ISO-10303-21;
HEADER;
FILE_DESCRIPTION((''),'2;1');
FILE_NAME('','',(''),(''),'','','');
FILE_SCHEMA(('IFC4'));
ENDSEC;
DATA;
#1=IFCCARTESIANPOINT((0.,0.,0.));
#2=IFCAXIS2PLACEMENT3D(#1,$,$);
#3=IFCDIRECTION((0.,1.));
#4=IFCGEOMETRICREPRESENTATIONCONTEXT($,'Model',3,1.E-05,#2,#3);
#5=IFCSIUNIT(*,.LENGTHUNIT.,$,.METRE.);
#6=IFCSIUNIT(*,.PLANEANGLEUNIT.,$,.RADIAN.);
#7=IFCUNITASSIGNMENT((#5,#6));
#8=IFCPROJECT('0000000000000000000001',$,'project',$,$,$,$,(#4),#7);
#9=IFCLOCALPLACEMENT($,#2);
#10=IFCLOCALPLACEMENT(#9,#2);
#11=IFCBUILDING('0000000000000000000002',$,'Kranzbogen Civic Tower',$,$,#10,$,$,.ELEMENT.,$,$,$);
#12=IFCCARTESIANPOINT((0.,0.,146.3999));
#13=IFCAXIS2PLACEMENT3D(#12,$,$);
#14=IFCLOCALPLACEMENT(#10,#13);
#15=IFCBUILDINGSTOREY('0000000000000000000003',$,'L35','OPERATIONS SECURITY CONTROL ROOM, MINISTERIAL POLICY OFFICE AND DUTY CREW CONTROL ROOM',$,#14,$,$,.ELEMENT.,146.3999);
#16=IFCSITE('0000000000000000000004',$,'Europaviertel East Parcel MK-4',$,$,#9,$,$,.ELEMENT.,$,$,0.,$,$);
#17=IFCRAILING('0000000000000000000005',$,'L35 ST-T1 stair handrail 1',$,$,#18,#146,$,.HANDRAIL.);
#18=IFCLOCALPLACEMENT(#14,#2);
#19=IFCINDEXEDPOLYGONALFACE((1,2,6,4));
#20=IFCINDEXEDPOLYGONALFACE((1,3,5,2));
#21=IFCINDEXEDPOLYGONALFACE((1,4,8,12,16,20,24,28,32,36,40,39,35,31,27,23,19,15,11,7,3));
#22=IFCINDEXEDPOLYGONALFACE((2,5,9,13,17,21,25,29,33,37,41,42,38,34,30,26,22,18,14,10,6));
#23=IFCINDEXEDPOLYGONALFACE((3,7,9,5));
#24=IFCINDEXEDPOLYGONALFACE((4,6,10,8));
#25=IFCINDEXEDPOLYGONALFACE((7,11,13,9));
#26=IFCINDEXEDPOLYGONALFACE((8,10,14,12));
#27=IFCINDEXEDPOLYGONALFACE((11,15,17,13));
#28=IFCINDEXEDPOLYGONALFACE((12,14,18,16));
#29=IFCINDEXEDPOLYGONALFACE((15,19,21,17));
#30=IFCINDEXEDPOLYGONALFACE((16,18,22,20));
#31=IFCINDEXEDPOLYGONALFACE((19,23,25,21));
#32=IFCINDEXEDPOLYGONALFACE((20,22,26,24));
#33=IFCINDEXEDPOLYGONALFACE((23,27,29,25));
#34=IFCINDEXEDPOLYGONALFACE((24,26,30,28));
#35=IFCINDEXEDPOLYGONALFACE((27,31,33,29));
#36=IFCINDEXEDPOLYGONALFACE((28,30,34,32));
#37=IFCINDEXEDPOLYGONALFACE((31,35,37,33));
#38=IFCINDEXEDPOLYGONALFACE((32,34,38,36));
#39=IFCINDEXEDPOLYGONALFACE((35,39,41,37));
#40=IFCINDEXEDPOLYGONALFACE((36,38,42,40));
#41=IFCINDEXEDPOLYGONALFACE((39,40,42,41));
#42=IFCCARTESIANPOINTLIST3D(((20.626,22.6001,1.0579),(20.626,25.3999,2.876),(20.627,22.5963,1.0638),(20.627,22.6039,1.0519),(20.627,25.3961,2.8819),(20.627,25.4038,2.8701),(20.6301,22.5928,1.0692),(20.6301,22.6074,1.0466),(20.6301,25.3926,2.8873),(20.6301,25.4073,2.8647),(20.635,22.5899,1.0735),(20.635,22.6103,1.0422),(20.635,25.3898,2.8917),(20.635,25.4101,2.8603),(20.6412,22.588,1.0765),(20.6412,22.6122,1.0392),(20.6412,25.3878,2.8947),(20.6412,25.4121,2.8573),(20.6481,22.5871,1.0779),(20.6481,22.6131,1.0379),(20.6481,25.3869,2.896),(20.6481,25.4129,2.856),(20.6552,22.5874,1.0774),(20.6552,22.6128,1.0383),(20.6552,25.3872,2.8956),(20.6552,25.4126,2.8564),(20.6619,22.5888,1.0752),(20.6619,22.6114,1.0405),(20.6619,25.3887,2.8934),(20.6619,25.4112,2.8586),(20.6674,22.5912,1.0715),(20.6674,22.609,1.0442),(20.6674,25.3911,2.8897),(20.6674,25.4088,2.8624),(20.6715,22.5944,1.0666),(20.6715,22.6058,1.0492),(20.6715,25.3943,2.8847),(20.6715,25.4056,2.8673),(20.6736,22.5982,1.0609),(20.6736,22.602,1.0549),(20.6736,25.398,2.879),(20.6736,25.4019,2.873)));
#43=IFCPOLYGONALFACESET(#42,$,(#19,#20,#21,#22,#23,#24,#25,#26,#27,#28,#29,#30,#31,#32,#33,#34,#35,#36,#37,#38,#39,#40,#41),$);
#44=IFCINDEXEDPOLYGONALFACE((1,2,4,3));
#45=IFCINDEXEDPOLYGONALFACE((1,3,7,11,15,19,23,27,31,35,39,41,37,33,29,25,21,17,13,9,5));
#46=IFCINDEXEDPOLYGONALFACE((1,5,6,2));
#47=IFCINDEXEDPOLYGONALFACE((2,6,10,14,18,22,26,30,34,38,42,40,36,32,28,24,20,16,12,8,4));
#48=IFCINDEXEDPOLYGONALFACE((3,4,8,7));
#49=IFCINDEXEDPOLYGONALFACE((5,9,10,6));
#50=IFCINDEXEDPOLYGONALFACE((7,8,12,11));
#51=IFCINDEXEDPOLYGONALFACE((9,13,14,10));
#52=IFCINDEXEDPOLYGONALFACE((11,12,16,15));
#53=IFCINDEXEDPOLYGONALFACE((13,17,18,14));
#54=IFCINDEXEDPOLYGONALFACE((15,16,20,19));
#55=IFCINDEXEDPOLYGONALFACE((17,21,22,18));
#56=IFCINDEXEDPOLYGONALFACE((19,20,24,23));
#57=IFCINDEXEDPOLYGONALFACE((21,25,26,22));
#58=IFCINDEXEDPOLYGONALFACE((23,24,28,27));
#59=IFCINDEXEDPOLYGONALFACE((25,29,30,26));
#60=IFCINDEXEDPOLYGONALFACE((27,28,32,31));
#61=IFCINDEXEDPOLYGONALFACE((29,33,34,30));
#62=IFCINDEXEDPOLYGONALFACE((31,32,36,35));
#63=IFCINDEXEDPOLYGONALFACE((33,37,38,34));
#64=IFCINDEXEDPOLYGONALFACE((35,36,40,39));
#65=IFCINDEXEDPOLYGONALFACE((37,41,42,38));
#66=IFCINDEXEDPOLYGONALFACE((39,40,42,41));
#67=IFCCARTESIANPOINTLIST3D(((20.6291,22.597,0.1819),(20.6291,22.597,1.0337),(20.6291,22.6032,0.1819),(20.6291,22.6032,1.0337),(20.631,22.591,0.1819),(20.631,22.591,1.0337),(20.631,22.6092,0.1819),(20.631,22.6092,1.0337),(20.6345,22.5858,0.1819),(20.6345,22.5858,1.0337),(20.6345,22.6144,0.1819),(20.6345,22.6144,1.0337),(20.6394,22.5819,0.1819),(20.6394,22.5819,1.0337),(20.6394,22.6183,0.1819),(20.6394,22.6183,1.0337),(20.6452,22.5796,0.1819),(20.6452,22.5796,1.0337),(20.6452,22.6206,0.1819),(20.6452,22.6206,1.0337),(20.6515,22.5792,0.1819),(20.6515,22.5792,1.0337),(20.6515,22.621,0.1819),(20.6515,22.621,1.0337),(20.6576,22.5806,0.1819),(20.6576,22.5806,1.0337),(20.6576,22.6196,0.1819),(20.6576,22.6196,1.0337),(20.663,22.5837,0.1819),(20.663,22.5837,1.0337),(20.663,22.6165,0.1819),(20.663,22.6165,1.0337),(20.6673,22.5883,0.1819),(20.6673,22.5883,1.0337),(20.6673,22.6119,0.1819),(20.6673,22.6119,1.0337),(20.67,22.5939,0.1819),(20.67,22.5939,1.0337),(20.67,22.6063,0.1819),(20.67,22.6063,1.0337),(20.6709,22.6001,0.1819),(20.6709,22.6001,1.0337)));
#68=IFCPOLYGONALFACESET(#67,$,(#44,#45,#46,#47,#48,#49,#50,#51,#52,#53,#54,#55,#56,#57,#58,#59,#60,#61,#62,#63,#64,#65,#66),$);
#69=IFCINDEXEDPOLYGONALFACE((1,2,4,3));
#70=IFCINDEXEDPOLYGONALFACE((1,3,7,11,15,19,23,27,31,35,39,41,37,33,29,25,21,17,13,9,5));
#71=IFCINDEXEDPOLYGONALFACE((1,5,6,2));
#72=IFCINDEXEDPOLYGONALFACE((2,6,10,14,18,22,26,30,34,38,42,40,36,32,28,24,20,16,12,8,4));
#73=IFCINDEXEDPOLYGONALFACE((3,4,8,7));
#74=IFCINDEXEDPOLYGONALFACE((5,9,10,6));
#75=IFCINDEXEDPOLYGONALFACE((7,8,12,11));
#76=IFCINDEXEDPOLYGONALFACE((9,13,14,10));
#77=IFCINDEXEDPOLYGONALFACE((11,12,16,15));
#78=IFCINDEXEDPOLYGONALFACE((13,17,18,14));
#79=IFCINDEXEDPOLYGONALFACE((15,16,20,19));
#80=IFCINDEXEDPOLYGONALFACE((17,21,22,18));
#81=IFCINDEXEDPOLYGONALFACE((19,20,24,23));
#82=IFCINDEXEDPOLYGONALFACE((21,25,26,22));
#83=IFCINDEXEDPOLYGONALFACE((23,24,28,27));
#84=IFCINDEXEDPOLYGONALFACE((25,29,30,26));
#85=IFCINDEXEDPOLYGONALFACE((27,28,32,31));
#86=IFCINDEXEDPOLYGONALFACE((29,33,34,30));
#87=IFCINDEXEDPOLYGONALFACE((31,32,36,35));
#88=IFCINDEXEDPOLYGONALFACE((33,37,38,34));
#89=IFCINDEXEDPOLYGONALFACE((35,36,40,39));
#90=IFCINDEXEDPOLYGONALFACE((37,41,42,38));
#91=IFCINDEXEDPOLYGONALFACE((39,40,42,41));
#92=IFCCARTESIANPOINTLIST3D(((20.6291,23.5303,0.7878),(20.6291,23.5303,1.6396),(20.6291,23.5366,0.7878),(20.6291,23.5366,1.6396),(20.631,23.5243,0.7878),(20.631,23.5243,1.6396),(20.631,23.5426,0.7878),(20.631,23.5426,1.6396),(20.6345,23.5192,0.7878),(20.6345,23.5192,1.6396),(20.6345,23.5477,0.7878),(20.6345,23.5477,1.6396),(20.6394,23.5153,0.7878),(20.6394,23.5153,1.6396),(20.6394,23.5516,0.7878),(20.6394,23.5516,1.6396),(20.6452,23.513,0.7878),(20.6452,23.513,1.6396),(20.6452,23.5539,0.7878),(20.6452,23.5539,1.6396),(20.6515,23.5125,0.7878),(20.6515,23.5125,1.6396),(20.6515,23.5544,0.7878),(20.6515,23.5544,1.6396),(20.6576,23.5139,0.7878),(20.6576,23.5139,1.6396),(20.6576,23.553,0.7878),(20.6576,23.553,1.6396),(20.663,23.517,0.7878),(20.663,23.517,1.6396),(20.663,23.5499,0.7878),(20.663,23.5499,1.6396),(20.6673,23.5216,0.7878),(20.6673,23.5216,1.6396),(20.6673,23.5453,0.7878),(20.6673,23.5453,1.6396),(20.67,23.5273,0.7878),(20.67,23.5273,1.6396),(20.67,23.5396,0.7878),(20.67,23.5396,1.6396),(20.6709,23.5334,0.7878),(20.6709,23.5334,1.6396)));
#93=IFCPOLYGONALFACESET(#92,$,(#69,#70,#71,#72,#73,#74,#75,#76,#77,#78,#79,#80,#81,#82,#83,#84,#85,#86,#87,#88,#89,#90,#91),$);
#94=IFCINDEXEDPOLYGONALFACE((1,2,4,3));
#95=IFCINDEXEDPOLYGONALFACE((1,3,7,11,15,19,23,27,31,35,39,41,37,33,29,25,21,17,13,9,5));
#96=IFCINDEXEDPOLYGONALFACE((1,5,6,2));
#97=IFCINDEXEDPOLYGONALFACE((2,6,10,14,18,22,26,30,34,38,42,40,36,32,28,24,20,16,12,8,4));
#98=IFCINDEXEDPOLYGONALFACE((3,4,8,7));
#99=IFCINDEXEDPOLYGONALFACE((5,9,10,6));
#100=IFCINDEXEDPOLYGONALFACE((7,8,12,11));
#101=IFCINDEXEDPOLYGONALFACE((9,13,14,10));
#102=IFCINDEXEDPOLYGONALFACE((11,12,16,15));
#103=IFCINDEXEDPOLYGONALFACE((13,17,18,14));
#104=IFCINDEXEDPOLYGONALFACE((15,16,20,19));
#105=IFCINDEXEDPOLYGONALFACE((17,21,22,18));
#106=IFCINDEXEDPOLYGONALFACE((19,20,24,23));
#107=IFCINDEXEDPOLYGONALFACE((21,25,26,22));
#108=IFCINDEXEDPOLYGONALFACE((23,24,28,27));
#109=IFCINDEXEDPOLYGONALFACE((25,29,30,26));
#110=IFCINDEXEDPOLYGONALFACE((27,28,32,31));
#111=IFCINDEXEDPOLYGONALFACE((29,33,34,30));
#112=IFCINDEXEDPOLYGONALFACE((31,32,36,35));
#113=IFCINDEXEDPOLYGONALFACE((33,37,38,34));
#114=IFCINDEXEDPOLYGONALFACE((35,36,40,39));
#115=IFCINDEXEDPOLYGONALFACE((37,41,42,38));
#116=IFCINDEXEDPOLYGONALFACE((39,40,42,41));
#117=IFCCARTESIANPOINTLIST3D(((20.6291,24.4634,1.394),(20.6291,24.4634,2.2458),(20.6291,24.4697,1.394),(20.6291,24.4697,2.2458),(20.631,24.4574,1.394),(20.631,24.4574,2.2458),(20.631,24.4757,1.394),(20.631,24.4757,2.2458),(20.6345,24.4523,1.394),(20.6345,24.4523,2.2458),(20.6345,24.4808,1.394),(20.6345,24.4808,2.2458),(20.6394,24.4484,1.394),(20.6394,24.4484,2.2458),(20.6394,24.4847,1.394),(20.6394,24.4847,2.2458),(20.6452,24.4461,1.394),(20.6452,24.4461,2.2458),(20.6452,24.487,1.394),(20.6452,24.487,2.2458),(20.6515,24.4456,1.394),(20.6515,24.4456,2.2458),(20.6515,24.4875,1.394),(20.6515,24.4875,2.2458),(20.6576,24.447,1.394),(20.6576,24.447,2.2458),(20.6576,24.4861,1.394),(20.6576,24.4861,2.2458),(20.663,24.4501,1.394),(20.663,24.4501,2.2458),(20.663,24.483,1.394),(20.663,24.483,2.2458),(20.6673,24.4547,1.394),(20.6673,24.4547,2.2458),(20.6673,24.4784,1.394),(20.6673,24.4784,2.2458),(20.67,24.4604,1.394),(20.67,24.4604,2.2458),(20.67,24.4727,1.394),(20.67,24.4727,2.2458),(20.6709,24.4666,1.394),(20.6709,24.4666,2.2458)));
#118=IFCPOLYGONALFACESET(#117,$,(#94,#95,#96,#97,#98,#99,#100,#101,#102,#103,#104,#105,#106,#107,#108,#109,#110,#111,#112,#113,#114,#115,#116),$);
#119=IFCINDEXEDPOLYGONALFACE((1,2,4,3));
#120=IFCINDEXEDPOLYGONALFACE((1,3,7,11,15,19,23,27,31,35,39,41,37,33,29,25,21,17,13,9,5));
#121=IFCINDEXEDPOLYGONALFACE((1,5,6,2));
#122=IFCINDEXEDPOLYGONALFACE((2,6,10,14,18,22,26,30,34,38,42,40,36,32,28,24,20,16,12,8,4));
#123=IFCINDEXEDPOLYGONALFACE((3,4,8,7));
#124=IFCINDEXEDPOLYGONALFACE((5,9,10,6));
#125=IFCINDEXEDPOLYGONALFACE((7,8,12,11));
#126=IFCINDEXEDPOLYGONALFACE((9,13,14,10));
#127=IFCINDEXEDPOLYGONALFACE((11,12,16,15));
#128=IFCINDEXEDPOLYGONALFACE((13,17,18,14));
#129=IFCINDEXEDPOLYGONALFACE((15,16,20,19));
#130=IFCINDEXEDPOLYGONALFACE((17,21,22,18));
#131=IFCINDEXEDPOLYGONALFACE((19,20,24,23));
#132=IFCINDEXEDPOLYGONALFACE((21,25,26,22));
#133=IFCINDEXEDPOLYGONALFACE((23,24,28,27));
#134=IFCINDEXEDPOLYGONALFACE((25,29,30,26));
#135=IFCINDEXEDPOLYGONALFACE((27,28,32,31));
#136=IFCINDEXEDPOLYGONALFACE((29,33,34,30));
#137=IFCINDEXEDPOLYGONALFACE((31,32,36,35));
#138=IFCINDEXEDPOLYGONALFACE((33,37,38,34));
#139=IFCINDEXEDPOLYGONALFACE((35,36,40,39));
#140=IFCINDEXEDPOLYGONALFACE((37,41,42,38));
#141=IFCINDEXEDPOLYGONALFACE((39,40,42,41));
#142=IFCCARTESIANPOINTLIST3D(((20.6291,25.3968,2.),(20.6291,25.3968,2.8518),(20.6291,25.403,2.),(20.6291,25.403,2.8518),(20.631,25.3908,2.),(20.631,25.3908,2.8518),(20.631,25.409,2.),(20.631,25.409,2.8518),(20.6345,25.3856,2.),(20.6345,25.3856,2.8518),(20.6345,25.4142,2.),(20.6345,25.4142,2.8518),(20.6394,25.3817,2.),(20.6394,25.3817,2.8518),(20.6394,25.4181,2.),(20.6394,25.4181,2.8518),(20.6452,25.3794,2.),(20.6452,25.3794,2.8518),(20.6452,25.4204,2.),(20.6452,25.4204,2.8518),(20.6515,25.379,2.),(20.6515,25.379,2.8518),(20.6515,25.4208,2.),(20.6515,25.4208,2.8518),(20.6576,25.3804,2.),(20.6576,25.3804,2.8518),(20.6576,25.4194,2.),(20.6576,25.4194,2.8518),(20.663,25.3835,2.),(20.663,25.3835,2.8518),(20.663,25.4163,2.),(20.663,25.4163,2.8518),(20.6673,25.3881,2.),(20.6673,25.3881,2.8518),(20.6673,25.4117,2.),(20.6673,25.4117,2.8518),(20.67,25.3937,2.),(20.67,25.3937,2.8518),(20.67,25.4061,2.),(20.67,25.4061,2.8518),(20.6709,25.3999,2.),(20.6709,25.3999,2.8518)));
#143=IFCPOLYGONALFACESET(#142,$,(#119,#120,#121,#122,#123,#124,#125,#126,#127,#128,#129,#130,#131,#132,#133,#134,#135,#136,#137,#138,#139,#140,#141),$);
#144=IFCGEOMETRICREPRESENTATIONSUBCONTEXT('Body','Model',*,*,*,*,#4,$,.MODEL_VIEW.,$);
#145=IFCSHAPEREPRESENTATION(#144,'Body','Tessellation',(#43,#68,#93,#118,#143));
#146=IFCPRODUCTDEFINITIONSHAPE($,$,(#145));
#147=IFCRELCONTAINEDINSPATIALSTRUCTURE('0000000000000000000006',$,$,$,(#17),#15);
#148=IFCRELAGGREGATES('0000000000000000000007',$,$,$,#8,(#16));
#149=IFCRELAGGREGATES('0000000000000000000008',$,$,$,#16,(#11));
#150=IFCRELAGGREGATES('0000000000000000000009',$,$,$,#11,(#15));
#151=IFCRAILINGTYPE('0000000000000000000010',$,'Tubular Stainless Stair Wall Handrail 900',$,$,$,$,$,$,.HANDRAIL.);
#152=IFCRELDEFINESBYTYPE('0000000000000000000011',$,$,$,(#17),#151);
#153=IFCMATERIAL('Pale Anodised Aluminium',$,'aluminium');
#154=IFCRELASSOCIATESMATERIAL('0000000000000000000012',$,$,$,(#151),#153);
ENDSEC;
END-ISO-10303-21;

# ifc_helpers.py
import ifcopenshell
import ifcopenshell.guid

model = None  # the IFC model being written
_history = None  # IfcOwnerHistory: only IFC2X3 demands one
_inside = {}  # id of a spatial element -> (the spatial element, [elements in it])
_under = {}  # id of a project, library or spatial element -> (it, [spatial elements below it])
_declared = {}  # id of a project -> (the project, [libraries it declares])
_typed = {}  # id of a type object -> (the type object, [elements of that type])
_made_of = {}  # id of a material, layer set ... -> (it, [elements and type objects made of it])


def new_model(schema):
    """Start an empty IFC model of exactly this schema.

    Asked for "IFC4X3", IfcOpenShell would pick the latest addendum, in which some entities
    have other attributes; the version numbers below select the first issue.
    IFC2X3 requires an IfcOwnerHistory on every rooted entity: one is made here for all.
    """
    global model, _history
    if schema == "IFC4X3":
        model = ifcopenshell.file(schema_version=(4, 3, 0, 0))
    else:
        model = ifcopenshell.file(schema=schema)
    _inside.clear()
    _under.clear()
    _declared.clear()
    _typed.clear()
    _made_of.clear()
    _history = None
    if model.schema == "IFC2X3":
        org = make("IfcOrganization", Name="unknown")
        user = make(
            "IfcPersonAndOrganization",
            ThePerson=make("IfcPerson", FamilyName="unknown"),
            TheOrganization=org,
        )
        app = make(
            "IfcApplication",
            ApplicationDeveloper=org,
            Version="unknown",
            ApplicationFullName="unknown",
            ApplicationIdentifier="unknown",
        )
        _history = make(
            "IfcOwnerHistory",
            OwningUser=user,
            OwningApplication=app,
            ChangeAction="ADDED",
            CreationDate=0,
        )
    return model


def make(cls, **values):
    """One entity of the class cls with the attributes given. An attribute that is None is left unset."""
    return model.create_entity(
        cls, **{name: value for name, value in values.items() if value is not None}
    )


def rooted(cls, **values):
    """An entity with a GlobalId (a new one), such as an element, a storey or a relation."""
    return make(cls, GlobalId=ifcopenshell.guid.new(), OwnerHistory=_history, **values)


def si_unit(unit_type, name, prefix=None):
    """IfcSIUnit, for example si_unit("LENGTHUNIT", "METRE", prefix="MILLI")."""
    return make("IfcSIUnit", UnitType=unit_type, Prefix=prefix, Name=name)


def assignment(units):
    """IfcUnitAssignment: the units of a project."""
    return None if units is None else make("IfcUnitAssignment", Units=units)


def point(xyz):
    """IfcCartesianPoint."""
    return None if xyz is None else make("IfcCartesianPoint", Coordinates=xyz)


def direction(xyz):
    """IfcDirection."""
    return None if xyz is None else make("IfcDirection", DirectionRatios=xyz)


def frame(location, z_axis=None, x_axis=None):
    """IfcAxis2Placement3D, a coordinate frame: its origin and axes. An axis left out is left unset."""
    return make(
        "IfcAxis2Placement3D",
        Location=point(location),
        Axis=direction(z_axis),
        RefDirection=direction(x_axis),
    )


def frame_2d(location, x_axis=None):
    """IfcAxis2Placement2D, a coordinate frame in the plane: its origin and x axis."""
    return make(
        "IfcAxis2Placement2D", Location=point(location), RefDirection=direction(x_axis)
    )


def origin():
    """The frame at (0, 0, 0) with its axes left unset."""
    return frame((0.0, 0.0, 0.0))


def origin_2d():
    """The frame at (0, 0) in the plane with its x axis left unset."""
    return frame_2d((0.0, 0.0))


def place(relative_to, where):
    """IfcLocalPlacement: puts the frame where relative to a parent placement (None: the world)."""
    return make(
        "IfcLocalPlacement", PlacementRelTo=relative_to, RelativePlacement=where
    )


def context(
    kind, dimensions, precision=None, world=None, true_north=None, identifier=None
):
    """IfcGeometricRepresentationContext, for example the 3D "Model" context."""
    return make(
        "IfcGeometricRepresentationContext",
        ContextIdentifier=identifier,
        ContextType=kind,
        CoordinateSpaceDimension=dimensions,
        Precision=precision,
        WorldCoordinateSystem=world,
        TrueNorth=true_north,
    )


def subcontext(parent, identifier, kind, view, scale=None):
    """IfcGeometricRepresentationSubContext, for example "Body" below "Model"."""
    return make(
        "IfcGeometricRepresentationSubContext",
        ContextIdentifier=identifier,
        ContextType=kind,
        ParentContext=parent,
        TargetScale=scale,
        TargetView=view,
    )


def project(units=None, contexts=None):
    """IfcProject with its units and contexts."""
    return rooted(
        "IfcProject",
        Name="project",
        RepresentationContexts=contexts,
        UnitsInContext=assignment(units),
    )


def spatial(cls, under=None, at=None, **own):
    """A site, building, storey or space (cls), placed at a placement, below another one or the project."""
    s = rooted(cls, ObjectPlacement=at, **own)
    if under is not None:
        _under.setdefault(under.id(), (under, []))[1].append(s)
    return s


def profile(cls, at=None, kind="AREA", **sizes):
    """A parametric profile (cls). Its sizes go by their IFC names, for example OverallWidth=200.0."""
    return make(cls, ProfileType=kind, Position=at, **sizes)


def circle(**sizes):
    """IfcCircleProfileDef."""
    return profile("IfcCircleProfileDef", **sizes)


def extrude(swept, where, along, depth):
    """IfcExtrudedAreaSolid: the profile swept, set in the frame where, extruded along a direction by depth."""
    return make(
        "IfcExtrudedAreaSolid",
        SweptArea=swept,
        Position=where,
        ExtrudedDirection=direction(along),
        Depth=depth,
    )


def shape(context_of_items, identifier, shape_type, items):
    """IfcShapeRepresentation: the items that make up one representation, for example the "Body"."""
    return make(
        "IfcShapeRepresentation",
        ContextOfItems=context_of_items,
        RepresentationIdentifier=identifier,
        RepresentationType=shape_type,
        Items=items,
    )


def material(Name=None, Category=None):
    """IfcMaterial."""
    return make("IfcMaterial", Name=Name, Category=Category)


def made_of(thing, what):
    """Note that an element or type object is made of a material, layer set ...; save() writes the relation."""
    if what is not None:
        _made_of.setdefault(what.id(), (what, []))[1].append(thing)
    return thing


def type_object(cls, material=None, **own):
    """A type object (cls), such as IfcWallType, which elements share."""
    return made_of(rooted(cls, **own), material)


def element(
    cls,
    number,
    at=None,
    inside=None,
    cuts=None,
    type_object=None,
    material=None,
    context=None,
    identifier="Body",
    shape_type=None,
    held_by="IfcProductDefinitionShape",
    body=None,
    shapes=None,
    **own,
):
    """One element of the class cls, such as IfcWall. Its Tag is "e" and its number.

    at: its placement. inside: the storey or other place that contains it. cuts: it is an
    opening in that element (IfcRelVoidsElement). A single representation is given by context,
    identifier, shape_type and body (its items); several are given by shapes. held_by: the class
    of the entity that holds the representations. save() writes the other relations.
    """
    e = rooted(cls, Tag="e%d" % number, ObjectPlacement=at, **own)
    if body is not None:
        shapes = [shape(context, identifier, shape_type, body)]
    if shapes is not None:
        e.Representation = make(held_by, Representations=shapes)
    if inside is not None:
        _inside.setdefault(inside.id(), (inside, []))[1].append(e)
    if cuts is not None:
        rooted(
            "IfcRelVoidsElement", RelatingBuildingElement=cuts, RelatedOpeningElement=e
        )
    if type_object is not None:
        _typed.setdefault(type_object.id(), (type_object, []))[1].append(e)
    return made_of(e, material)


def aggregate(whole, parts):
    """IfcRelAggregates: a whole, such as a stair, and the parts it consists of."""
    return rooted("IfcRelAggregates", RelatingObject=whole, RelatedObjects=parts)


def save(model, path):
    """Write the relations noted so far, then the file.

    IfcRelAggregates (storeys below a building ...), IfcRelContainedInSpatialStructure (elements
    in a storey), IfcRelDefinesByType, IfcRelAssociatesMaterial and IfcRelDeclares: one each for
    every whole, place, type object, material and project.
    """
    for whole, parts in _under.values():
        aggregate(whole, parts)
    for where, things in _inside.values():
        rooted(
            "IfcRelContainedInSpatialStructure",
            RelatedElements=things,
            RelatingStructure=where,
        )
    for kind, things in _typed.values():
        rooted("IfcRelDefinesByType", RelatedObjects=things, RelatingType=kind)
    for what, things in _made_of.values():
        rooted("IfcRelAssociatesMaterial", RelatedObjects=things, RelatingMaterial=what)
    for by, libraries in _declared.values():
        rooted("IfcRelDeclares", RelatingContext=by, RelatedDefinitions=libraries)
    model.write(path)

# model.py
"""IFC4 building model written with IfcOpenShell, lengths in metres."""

from ifc_helpers import new_model, si_unit, direction, frame, origin, origin_2d, place, context, subcontext, project, spatial, circle, extrude, material, type_object, element, save


model = new_model("IFC4")

# Units and contexts
model_context = context("Model", 3, precision=1e-05, world=origin(), true_north=direction((0.0, 1.0)))
body_context = subcontext(model_context, "Body", "Model", "MODEL_VIEW")
ifc_project = project(units=[si_unit("LENGTHUNIT", "METRE"), si_unit("PLANEANGLEUNIT", "RADIAN")], contexts=[model_context])

# Site, building, storey
site_placement = place(None, origin())
site = spatial("IfcSite", under=ifc_project, at=site_placement, Name="Europaviertel East Parcel MK-4", CompositionType="ELEMENT", RefElevation=0.0)
building_placement = place(site_placement, origin())
building = spatial("IfcBuilding", under=site, at=building_placement, Name="Kranzbogen Civic Tower", CompositionType="ELEMENT")
storey_placement = place(building_placement, frame((0.0, 0.0, 146.3999)))
storey = spatial("IfcBuildingStorey", under=building, at=storey_placement, Name="L35", Description="OPERATIONS SECURITY CONTROL ROOM, MINISTERIAL POLICY OFFICE AND DUTY CREW CONTROL ROOM", CompositionType="ELEMENT", Elevation=146.3999)

# Shared definitions
ifc_material_1 = material(Name="Pale Anodised Aluminium", Category="aluminium")

# Railing
railing_type_1 = type_object("IfcRailingType", Name="Tubular Stainless Stair Wall Handrail 900", PredefinedType="HANDRAIL", material=ifc_material_1)
railing_1_placement = place(storey_placement, frame((20.6499, 22.6001, 0.1819)))
element("IfcRailing", 1, at=railing_1_placement, inside=storey, type_object=railing_type_1, Name="L35 ST-T1 stair handrail 1", PredefinedType="HANDRAIL", context=body_context, shape_type="SweptSolid", body=[
    extrude(circle(Radius=0.0239, at=origin_2d()), frame((0.0, 0.0, 0.876), z_axis=(0.0, 0.838684, 0.544618), x_axis=(-1.0, 0.0, 0.0)), (0.0, 0.0, 1.0), 3.3384),
    extrude(circle(Radius=0.021, at=origin_2d()), origin(), (0.0, 0.0, 1.0), 0.8518),
    extrude(circle(Radius=0.021, at=origin_2d()), frame((0.0, 0.9333, 0.606)), (0.0, 0.0, 1.0), 0.8518),
    extrude(circle(Radius=0.021, at=origin_2d()), frame((0.0, 1.8665, 1.2122)), (0.0, 0.0, 1.0), 0.8518),
    extrude(circle(Radius=0.021, at=origin_2d()), frame((0.0, 2.7998, 1.8181)), (0.0, 0.0, 1.0), 0.8518),
])

save(model, "model.ifc")
